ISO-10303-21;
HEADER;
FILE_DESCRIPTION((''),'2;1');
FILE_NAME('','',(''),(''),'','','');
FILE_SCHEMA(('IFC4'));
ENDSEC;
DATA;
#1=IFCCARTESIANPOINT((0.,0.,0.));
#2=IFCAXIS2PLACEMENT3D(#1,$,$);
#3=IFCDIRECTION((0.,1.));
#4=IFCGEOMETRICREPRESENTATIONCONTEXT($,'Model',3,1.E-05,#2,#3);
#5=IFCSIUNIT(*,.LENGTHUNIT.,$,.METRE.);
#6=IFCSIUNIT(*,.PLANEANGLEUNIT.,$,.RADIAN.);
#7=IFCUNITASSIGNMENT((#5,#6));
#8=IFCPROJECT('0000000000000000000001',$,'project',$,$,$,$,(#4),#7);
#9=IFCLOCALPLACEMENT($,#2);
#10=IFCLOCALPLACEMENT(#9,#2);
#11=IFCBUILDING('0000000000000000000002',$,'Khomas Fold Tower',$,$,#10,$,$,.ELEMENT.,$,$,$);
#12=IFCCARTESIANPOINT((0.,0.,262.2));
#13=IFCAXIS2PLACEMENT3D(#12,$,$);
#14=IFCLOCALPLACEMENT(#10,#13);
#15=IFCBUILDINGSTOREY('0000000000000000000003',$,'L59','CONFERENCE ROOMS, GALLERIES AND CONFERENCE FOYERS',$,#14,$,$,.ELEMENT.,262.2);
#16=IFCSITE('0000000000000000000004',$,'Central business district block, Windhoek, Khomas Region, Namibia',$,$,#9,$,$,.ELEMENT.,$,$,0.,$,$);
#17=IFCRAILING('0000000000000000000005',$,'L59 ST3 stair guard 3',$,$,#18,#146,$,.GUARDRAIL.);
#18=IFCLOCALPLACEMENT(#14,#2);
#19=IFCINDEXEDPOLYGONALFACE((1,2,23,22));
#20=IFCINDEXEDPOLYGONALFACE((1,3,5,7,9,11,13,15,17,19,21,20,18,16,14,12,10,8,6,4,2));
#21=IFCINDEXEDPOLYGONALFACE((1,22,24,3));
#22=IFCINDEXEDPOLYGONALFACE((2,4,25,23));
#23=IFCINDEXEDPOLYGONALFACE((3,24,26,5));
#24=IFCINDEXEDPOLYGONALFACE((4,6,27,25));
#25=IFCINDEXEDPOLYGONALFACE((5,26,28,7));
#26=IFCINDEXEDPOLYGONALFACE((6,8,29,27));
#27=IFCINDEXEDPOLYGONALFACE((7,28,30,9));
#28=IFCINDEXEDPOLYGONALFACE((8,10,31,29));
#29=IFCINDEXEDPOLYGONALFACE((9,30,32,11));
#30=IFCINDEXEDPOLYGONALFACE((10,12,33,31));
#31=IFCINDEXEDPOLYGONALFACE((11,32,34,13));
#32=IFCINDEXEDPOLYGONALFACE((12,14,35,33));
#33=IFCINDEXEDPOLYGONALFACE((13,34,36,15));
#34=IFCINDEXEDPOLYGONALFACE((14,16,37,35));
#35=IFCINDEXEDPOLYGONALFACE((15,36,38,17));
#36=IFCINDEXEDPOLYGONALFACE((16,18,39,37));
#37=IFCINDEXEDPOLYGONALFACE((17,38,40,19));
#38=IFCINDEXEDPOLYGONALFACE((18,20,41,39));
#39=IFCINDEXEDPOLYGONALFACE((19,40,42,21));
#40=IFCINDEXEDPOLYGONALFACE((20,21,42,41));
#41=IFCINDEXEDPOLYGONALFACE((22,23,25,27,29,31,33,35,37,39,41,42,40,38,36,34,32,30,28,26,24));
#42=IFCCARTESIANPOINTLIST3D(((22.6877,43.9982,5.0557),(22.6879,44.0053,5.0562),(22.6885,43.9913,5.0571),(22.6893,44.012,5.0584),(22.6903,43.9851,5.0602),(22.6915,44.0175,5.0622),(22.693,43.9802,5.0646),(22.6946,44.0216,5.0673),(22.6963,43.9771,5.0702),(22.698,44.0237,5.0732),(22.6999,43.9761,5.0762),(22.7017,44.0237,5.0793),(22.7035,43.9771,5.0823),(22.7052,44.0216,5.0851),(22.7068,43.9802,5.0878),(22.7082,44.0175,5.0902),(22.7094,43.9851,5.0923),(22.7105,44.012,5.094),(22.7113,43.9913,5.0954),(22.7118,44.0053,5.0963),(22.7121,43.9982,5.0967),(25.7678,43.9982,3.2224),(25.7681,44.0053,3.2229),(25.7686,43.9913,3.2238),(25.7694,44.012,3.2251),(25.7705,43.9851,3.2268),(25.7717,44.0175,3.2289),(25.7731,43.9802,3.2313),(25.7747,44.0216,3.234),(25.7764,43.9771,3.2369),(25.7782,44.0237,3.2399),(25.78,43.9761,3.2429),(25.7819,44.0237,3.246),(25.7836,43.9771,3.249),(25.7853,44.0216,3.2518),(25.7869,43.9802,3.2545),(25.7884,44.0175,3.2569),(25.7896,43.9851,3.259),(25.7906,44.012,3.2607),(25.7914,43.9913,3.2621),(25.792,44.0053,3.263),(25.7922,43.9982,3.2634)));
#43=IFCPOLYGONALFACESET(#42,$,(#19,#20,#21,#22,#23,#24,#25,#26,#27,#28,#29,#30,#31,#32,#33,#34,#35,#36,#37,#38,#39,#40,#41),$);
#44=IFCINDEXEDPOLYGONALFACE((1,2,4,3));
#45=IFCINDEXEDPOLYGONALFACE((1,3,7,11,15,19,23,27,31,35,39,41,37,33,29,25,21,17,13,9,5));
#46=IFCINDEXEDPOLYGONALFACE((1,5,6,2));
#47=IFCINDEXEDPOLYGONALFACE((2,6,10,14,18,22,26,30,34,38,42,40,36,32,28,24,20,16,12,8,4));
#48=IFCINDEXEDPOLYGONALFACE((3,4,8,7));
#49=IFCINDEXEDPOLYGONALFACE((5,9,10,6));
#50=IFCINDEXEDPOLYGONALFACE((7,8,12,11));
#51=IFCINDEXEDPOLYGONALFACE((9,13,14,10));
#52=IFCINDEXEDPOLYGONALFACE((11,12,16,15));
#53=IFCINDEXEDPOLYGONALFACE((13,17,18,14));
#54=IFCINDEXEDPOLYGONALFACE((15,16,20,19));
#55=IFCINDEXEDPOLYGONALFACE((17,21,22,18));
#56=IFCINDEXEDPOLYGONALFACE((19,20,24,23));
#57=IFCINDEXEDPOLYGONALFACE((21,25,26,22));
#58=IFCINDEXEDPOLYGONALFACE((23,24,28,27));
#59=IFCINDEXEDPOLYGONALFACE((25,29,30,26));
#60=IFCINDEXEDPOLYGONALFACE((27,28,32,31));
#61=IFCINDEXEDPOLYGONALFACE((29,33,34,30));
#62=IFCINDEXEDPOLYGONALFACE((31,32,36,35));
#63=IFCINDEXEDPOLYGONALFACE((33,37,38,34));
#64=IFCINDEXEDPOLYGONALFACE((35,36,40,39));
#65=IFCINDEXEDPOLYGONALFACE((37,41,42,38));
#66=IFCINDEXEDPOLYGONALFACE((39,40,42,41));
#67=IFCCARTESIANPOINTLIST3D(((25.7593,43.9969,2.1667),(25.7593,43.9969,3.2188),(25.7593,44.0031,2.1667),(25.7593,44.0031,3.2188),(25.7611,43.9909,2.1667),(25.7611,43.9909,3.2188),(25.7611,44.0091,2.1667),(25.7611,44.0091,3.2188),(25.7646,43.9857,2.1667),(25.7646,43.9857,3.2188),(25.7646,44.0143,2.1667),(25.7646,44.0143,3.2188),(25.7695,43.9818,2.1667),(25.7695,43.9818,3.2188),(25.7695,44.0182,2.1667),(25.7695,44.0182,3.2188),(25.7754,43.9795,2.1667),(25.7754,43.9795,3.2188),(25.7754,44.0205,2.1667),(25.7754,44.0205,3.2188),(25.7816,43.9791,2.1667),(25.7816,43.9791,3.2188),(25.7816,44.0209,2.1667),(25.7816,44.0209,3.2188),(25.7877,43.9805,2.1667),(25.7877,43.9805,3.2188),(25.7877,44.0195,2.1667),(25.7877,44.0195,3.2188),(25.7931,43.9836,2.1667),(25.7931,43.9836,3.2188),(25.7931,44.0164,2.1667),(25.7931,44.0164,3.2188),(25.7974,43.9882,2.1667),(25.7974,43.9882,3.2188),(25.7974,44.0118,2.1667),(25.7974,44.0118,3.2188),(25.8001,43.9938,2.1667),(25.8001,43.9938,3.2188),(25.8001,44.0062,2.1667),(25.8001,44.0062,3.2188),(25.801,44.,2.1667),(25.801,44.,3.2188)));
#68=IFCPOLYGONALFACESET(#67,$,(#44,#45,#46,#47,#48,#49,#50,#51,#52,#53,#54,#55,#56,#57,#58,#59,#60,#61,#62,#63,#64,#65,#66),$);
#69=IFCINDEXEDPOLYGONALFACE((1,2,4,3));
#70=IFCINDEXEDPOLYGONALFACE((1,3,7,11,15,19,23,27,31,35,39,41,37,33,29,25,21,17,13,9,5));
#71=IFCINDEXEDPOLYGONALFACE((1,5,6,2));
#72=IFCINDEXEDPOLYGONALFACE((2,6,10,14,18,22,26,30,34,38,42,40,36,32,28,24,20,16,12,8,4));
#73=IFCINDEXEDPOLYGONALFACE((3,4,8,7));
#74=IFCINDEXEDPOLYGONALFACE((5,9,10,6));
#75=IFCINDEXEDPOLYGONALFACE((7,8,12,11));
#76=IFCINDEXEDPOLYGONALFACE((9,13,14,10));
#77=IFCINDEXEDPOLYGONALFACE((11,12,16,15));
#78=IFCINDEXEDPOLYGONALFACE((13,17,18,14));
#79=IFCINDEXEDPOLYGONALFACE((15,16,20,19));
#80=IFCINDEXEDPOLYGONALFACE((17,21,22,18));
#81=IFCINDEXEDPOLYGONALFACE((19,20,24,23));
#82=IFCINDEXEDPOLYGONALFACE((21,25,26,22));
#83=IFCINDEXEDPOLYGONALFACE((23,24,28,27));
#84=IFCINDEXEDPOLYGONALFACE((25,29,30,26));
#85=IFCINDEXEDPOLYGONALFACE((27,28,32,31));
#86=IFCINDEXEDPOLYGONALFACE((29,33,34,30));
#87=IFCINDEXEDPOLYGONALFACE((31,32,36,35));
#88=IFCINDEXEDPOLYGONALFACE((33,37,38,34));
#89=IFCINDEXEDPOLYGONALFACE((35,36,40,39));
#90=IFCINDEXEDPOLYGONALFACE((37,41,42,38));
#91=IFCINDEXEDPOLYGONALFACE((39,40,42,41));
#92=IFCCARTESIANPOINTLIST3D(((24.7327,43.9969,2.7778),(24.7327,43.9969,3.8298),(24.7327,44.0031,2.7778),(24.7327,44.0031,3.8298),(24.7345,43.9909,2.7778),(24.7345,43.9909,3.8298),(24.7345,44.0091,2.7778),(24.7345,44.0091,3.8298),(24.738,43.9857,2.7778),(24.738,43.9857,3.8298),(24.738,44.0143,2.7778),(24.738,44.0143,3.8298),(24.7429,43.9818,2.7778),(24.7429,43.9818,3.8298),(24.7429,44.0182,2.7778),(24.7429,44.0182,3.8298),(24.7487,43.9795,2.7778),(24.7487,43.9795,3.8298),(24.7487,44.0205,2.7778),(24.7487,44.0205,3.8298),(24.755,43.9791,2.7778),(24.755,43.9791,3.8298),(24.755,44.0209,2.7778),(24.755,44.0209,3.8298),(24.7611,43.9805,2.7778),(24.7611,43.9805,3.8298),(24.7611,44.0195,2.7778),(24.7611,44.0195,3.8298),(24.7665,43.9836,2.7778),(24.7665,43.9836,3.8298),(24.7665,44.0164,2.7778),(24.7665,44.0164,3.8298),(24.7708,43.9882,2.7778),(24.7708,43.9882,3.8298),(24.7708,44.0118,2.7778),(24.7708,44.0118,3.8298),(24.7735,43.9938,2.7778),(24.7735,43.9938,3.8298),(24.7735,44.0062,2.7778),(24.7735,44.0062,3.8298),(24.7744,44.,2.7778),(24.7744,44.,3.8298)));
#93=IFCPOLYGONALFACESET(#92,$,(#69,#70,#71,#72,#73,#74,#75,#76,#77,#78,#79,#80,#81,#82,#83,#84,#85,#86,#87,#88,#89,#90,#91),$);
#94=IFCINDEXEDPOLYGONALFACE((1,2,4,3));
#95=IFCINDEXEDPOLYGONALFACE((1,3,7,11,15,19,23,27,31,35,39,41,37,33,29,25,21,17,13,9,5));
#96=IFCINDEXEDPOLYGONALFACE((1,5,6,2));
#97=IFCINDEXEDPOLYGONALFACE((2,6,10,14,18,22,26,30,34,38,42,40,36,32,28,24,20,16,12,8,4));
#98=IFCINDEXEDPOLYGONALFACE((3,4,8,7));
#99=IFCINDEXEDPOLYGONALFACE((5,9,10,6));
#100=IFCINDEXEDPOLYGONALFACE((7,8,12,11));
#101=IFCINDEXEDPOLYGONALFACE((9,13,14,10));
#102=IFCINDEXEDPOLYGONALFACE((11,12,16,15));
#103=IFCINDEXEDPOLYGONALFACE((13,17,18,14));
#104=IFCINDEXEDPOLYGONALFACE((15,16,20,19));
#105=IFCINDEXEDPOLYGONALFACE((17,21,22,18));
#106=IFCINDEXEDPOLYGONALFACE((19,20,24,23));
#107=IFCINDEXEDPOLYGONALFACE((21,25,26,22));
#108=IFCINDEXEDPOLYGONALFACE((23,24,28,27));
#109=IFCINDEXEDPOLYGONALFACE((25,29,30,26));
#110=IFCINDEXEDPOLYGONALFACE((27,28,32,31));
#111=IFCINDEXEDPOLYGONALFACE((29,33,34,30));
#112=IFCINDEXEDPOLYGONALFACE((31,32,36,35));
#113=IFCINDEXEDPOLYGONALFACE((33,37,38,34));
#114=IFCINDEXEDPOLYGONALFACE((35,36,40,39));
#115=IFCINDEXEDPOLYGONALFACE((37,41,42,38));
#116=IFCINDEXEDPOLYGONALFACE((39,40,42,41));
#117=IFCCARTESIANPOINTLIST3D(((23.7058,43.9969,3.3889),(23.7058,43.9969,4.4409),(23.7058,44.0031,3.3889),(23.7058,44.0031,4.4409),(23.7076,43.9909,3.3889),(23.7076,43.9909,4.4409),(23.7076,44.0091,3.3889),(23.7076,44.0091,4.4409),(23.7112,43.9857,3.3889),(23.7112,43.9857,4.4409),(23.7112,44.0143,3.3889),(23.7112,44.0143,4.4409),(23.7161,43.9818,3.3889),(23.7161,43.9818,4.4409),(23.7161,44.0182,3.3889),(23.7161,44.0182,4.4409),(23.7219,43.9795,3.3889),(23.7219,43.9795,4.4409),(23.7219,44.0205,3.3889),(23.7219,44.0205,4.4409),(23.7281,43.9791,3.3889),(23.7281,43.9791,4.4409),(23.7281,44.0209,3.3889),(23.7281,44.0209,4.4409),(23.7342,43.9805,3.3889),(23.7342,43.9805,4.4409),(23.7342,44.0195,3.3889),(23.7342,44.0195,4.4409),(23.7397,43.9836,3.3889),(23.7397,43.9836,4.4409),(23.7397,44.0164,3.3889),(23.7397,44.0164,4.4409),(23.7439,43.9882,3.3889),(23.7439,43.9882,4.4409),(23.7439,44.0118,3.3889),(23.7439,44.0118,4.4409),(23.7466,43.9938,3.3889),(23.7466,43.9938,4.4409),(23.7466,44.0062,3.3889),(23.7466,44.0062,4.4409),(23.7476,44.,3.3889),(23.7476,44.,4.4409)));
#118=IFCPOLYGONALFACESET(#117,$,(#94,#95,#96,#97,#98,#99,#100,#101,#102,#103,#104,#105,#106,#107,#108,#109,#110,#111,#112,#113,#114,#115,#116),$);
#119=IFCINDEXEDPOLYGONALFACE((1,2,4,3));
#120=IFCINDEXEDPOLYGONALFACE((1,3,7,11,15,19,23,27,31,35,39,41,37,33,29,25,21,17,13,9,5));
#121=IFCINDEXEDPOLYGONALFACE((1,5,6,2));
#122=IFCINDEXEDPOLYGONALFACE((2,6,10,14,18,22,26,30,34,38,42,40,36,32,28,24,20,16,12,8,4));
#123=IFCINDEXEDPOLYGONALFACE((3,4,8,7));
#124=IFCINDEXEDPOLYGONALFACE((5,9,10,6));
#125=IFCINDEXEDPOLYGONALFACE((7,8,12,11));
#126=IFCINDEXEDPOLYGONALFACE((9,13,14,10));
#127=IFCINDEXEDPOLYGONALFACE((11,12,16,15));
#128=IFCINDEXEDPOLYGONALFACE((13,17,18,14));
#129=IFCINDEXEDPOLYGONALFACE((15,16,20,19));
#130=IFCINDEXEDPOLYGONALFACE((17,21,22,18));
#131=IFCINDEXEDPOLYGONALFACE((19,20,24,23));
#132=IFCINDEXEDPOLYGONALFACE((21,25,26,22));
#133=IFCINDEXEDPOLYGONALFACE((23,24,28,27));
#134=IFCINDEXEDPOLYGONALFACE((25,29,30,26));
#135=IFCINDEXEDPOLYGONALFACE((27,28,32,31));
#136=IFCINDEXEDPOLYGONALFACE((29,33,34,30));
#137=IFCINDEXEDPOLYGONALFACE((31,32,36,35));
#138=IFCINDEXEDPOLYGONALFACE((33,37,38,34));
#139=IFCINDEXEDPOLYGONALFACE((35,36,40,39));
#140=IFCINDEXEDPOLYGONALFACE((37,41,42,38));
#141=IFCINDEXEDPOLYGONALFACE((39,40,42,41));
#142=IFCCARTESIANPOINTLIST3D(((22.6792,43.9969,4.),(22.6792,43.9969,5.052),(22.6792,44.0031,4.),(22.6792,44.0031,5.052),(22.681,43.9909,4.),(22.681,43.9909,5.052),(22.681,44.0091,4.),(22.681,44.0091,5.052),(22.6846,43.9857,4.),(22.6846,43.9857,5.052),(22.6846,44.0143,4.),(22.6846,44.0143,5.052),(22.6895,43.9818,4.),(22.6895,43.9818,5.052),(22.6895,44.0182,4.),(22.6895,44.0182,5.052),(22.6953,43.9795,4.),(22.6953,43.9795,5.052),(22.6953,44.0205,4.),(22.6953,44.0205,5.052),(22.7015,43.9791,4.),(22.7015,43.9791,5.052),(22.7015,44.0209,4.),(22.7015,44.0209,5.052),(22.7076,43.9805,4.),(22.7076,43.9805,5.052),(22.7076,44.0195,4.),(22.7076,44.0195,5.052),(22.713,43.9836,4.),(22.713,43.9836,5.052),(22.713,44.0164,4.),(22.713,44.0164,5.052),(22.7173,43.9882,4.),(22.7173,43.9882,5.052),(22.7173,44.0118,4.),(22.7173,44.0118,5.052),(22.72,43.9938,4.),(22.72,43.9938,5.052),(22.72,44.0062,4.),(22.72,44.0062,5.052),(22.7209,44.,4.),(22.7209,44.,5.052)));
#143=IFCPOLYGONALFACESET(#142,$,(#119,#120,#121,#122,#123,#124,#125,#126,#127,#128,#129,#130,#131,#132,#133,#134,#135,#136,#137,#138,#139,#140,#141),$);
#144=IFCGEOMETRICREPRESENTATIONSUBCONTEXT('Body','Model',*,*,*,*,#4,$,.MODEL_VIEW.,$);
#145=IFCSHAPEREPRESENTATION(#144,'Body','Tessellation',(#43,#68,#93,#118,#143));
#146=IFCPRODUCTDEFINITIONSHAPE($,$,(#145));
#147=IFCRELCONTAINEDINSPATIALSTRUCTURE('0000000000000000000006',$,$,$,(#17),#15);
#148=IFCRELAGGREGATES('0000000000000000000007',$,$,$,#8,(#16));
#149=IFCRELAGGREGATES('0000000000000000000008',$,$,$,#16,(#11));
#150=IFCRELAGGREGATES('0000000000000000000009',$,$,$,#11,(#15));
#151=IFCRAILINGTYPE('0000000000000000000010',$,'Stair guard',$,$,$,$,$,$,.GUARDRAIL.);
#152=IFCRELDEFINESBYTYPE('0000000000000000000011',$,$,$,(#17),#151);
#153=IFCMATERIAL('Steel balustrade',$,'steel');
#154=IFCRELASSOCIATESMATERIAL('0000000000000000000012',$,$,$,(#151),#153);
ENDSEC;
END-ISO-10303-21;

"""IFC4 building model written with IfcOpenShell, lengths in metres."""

from ifc_helpers import new_model, si_unit, direction, frame, origin, origin_2d, place, context, subcontext, project, spatial, circle, extrude, source, transform, mapped, material, type_object, element, save


model = new_model("IFC4")

# Units and contexts
model_context = context("Model", 3, precision=1e-05, world=origin(), true_north=direction((0.0, 1.0)))
body_context = subcontext(model_context, "Body", "Model", "MODEL_VIEW")
ifc_project = project(units=[si_unit("LENGTHUNIT", "METRE"), si_unit("PLANEANGLEUNIT", "RADIAN")], contexts=[model_context])

# Site, building, storey
site_placement = place(None, origin())
site = spatial("IfcSite", under=ifc_project, at=site_placement, Name="Central business district block, Windhoek, Khomas Region, Namibia", CompositionType="ELEMENT", RefElevation=0.0)
building_placement = place(site_placement, origin())
building = spatial("IfcBuilding", under=site, at=building_placement, Name="Khomas Fold Tower", CompositionType="ELEMENT")
storey_placement = place(building_placement, frame((0.0, 0.0, 262.2)))
storey = spatial("IfcBuildingStorey", under=building, at=storey_placement, Name="L59", Description="CONFERENCE ROOMS, GALLERIES AND CONFERENCE FOYERS", CompositionType="ELEMENT", Elevation=262.2)

# Railing
ifc_material_1 = material(Name="Steel balustrade", Category="steel")
railing_type_1 = type_object("IfcRailingType", Name="Stair guard", PredefinedType="GUARDRAIL", material=ifc_material_1)
shared_shape_1 = source(origin(), body_context, "Body", "SweptSolid", [
    extrude(circle(Radius=0.0239, at=origin_2d()), frame((0.0, 0.0, 1.0762), z_axis=(-0.859309, 0.0, 0.511458), x_axis=(0.0, -1.0, 0.0)), (0.0, 0.0, 1.0), 3.5845),
    extrude(circle(Radius=0.021, at=origin_2d()), origin(), (0.0, 0.0, 1.0), 1.052),
    extrude(circle(Radius=0.021, at=origin_2d()), frame((-1.0266, 0.0, 0.6111)), (0.0, 0.0, 1.0), 1.052),
    extrude(circle(Radius=0.021, at=origin_2d()), frame((-2.0535, 0.0, 1.2222)), (0.0, 0.0, 1.0), 1.052),
    extrude(circle(Radius=0.021, at=origin_2d()), frame((-3.0801, 0.0, 1.8333)), (0.0, 0.0, 1.0), 1.052),
])
railing_1_placement = place(storey_placement, frame((25.78, 44.0, 2.1667)))
element("IfcRailing", 1, at=railing_1_placement, inside=storey, type_object=railing_type_1, Name="L59 ST3 stair guard 3", PredefinedType="GUARDRAIL", context=body_context, shape_type="MappedRepresentation", body=[
    mapped(shared_shape_1, transform((0.0, 0.0, 0.0))),
])

save(model, "model.ifc")
